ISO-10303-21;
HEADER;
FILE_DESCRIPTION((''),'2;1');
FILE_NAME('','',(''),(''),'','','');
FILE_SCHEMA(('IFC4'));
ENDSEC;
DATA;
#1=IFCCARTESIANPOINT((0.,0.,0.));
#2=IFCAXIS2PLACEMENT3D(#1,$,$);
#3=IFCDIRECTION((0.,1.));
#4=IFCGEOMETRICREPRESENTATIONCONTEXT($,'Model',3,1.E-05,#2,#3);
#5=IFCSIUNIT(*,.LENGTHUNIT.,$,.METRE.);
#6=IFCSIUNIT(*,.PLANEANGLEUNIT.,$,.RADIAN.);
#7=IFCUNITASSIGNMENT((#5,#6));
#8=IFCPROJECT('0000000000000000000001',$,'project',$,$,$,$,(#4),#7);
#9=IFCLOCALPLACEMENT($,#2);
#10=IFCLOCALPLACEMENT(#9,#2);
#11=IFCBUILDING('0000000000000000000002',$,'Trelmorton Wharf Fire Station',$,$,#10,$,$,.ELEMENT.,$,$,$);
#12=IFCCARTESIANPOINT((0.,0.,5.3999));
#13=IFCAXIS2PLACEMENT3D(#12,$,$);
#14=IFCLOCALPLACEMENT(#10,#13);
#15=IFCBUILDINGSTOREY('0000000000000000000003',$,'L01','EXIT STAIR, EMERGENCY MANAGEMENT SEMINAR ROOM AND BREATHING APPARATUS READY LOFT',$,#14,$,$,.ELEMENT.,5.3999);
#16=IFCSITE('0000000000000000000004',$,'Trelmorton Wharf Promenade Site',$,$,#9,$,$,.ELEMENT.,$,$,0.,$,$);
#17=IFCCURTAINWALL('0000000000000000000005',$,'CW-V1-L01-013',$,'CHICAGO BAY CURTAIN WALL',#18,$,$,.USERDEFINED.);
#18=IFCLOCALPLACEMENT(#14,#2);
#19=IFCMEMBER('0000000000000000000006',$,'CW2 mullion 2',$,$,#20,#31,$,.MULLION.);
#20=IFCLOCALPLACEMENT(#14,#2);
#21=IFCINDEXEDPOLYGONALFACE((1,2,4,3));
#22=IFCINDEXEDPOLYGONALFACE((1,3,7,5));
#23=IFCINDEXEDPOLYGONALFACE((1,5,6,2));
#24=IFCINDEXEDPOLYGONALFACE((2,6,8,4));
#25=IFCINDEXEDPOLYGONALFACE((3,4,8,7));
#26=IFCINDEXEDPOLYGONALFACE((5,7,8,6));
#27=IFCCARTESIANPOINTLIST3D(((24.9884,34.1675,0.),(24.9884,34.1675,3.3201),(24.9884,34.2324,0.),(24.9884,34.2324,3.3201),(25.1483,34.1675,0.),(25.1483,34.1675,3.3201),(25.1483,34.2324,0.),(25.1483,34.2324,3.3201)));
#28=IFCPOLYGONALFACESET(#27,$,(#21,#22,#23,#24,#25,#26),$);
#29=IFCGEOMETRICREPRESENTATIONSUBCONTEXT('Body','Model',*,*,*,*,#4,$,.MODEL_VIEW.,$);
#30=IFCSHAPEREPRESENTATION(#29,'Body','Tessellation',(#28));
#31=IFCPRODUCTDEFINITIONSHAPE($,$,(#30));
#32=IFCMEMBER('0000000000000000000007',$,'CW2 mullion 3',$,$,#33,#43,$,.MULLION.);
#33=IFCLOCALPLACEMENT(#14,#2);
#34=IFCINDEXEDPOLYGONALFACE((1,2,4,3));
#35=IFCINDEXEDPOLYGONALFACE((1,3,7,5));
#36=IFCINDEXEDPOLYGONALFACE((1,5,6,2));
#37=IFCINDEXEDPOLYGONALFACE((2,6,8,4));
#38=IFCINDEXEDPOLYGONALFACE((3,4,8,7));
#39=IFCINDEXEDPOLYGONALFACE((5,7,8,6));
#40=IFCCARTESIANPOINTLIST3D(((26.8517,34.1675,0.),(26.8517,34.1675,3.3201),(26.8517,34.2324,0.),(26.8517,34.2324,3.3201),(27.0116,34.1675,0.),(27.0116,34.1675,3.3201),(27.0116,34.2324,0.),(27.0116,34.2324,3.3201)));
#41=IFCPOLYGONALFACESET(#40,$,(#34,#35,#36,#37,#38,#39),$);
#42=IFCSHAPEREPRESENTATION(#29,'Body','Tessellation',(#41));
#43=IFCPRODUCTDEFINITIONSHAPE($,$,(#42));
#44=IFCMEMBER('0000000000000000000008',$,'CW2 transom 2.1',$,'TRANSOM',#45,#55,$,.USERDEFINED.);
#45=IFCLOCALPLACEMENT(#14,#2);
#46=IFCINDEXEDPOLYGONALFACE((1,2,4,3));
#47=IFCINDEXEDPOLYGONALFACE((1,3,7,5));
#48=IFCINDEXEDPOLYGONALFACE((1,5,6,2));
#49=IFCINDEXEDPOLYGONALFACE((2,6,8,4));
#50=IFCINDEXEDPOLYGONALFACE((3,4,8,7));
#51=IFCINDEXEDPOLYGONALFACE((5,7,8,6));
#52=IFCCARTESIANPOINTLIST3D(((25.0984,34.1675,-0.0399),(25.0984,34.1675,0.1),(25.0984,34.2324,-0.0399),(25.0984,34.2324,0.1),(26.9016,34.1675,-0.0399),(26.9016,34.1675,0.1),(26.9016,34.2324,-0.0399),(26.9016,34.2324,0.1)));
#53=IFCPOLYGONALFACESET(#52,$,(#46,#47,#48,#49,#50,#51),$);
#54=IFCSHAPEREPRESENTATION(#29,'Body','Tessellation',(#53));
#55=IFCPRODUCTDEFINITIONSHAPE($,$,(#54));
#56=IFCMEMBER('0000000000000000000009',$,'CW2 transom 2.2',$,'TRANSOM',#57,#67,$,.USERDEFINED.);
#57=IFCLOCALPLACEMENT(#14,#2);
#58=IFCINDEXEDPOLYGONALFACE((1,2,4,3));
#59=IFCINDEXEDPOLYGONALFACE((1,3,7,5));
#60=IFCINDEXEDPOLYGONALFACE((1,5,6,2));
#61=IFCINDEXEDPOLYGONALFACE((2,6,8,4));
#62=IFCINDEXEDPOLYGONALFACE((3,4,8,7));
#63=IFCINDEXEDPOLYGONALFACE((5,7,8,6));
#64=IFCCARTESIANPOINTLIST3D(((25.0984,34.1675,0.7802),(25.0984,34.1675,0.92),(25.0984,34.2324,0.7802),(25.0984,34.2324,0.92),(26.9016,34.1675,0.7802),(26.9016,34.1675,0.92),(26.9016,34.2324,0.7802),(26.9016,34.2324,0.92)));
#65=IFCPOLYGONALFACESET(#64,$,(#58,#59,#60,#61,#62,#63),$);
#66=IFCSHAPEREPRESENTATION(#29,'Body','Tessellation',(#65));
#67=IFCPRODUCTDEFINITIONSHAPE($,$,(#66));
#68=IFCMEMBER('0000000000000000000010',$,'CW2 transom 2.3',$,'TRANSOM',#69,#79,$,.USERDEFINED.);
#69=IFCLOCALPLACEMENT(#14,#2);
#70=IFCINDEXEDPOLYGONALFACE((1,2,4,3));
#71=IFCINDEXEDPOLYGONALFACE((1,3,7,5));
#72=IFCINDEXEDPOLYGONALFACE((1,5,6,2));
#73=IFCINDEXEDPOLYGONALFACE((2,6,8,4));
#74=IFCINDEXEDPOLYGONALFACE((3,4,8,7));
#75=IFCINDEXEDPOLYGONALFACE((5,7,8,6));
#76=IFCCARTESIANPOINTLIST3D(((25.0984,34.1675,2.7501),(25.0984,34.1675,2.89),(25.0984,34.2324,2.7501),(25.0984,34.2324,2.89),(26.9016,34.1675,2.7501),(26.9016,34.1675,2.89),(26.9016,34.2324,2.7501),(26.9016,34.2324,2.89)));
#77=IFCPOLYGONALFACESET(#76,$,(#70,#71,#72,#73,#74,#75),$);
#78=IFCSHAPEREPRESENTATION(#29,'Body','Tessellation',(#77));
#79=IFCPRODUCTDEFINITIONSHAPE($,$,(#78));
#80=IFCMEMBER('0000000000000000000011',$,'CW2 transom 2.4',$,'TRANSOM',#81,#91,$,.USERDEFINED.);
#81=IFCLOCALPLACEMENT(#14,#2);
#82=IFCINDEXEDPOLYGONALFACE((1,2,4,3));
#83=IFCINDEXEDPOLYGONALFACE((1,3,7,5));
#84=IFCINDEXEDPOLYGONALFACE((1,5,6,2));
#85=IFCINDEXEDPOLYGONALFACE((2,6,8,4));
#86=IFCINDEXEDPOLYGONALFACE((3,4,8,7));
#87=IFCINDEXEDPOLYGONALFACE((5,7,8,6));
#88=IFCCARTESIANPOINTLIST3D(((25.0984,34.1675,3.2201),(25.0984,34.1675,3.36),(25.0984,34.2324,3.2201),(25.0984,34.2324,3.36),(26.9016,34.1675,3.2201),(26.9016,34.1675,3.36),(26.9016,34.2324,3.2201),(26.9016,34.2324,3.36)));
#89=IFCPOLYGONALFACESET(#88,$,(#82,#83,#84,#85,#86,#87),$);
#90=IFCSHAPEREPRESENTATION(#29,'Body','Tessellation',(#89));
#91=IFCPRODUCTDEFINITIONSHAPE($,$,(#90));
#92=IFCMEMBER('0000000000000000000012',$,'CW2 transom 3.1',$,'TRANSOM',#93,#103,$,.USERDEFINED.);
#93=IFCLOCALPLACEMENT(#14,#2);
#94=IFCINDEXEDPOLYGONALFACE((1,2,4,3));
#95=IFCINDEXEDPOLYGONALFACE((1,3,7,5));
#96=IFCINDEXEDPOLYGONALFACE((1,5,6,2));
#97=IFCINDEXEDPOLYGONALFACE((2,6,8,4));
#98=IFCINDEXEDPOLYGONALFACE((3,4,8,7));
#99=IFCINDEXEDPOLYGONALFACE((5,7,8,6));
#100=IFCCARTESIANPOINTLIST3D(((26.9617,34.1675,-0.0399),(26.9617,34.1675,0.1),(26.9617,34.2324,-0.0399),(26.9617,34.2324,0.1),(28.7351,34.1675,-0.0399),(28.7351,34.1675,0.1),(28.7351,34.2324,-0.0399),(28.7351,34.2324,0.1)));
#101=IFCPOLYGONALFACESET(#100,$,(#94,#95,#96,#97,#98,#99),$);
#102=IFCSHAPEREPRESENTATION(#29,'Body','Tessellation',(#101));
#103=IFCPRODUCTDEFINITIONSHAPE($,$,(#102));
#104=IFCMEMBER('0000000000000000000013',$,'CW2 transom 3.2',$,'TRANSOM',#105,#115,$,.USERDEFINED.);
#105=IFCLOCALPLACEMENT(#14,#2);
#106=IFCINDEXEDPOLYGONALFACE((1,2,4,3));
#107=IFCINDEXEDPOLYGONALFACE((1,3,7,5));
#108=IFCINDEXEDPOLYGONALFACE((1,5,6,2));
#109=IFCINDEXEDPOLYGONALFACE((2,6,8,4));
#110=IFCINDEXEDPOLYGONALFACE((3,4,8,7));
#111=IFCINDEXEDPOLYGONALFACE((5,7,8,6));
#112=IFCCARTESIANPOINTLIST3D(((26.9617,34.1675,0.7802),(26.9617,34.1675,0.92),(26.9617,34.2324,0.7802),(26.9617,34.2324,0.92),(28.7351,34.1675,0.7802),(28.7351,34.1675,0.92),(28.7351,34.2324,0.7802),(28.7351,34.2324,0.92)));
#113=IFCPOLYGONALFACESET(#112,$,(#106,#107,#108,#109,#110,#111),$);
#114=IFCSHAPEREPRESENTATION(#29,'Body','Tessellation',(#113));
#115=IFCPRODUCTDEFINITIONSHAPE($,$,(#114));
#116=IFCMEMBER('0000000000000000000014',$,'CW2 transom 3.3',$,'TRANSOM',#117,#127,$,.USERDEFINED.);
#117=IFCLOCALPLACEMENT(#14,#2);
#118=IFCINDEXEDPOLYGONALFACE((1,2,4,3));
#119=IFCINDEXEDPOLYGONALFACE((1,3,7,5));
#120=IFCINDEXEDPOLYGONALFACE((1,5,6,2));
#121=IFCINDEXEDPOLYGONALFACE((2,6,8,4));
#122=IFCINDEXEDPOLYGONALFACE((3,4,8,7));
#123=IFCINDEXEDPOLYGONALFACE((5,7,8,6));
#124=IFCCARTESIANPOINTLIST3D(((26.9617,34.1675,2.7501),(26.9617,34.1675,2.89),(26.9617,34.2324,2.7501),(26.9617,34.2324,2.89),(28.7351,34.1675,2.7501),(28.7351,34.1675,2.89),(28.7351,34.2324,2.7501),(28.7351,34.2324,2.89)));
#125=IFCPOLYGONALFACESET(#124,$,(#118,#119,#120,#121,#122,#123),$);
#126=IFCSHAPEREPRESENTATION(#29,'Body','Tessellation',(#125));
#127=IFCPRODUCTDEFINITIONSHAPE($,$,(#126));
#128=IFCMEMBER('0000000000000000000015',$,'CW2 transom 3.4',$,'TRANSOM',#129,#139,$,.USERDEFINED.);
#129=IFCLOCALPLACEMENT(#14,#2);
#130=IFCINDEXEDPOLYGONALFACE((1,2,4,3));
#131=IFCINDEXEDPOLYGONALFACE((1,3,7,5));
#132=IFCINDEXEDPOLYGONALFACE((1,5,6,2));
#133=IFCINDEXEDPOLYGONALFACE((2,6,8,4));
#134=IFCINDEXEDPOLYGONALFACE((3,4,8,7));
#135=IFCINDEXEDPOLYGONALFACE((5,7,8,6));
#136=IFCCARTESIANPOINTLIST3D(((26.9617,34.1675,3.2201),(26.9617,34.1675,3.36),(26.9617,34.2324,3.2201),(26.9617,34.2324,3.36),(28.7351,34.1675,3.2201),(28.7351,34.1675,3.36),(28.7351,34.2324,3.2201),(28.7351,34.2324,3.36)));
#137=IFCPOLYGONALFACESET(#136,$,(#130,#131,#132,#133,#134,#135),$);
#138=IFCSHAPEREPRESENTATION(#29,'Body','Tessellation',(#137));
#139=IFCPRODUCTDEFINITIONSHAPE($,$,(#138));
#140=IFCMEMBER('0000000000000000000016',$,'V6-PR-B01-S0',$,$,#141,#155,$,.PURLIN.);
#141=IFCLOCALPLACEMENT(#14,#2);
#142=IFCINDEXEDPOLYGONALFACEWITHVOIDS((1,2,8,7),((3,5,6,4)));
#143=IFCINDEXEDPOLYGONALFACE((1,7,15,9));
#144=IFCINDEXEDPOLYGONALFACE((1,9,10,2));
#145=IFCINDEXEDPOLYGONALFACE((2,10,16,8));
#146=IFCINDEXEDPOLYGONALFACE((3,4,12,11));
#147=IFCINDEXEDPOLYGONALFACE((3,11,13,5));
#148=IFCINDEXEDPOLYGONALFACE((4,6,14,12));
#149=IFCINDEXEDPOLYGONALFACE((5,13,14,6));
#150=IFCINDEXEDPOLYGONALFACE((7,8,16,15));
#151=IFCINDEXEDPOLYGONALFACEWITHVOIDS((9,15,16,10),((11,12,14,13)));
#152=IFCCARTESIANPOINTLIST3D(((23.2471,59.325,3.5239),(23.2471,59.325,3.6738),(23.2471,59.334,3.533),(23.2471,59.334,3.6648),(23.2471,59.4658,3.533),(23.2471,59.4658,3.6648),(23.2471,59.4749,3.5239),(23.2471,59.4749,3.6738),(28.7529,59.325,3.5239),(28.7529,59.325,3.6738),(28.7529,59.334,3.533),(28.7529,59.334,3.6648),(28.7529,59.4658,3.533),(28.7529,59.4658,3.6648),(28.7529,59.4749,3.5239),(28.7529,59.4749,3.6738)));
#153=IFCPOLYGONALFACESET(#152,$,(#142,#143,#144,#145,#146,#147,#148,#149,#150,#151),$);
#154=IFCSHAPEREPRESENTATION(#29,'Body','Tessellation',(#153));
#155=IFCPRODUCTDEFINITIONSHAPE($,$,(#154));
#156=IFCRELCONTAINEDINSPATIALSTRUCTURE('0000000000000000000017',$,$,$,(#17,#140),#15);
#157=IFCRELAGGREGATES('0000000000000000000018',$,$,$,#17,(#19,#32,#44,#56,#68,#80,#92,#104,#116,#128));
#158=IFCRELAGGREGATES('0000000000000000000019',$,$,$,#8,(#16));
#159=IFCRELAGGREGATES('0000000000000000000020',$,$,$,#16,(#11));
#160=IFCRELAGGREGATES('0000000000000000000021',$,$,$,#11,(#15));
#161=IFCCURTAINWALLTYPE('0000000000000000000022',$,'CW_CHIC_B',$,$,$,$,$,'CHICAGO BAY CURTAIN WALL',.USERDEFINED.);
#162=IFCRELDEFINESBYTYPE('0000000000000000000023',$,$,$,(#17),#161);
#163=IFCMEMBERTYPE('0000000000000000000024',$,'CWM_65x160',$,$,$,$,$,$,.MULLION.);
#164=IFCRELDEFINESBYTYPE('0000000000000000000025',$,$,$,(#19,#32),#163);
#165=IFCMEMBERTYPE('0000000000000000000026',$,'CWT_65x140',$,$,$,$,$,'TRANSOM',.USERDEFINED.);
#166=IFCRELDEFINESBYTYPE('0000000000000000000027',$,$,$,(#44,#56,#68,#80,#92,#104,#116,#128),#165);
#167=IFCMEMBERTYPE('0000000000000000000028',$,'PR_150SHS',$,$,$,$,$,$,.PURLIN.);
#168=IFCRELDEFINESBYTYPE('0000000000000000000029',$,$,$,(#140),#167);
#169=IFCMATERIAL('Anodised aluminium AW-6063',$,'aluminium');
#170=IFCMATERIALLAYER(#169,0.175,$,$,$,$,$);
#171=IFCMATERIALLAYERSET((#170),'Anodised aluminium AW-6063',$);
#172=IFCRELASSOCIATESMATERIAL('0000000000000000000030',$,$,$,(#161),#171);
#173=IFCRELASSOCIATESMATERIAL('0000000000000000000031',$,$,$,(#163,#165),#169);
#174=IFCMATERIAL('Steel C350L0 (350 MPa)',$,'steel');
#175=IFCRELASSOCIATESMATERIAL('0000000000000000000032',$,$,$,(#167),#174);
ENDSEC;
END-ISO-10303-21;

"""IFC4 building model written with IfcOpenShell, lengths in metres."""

from ifc_helpers import new_model, si_unit, direction, frame, origin, origin_2d, place, context, subcontext, project, spatial, rectangle, hollow_rectangle, extrude, material, layer, layer_set, material_profile, profile_set, type_object, element, aggregate, save


model = new_model("IFC4")

# Units and contexts
model_context = context("Model", 3, precision=1e-05, world=origin(), true_north=direction((0.0, 1.0)))
body_context = subcontext(model_context, "Body", "Model", "MODEL_VIEW")
ifc_project = project(units=[si_unit("LENGTHUNIT", "METRE"), si_unit("PLANEANGLEUNIT", "RADIAN")], contexts=[model_context])

# Site, building, storey
site_placement = place(None, origin())
site = spatial("IfcSite", under=ifc_project, at=site_placement, Name="Trelmorton Wharf Promenade Site", CompositionType="ELEMENT", RefElevation=0.0)
building_placement = place(site_placement, origin())
building = spatial("IfcBuilding", under=site, at=building_placement, Name="Trelmorton Wharf Fire Station", CompositionType="ELEMENT")
storey_placement = place(building_placement, frame((0.0, 0.0, 5.3999)))
storey = spatial("IfcBuildingStorey", under=building, at=storey_placement, Name="L01", Description="EXIT STAIR, EMERGENCY MANAGEMENT SEMINAR ROOM AND BREATHING APPARATUS READY LOFT", CompositionType="ELEMENT", Elevation=5.3999)

# Curtain wall, members
ifc_material_1 = material(Name="Anodised aluminium AW-6063", Category="aluminium")
ifc_layer_1 = layer(ifc_material_1, 0.175)
ifc_layer_set_1 = layer_set([ifc_layer_1], Name="Anodised aluminium AW-6063")
curtain_wall_type = type_object("IfcCurtainWallType", Name="CW_CHIC_B", ElementType="CHICAGO BAY CURTAIN WALL", PredefinedType="USERDEFINED", material=ifc_layer_set_1)
curtain_wall_placement = place(storey_placement, origin())
curtain_wall = element("IfcCurtainWall", 1, at=curtain_wall_placement, inside=storey, type_object=curtain_wall_type, Name="CW-V1-L01-013", ObjectType="CHICAGO BAY CURTAIN WALL", PredefinedType="USERDEFINED")
ifc_material_profile_1 = material_profile(ifc_material_1, rectangle(XDim=0.0649, YDim=0.1599, at=origin_2d()), Name="ALU-65x160")
ifc_profile_set_1 = profile_set([ifc_material_profile_1], Name="Anodised aluminium AW-6063")
member_type_1 = type_object("IfcMemberType", Name="CWM_65x160", PredefinedType="MULLION", material=ifc_profile_set_1)
member_1_placement = place(storey_placement, frame((25.0684, 34.2, 0.0), z_axis=(0.0, 0.0, 1.0), x_axis=(0.0, 1.0, 0.0)))
member_1 = element("IfcMember", 2, at=member_1_placement, type_object=member_type_1, Name="CW2 mullion 2", PredefinedType="MULLION", context=body_context, shape_type="SweptSolid", body=[
    extrude(rectangle(XDim=0.0649, YDim=0.1599, at=origin_2d()), origin(), (0.0, 0.0, 1.0), 3.3201),
])
member_2_placement = place(storey_placement, frame((26.9316, 34.2, 0.0), z_axis=(0.0, 0.0, 1.0), x_axis=(0.0, 1.0, 0.0)))
member_2 = element("IfcMember", 3, at=member_2_placement, type_object=member_type_1, Name="CW2 mullion 3", PredefinedType="MULLION", context=body_context, shape_type="SweptSolid", body=[
    extrude(rectangle(XDim=0.0649, YDim=0.1599, at=origin_2d()), origin(), (0.0, 0.0, 1.0), 3.3201),
])
ifc_material_profile_2 = material_profile(ifc_material_1, rectangle(XDim=0.0649, YDim=0.1399, at=origin_2d()), Name="ALU-65x140")
ifc_profile_set_2 = profile_set([ifc_material_profile_2], Name="Anodised aluminium AW-6063")
member_type_2 = type_object("IfcMemberType", Name="CWT_65x140", ElementType="TRANSOM", PredefinedType="USERDEFINED", material=ifc_profile_set_2)
member_3_placement = place(storey_placement, frame((25.0984, 34.2, 0.03), z_axis=(1.0, 0.0, 0.0), x_axis=(0.0, 1.0, 0.0)))
member_3 = element("IfcMember", 4, at=member_3_placement, type_object=member_type_2, Name="CW2 transom 2.1", ObjectType="TRANSOM", PredefinedType="USERDEFINED", context=body_context, shape_type="SweptSolid", body=[
    extrude(rectangle(XDim=0.0649, YDim=0.1399, at=origin_2d()), origin(), (0.0, 0.0, 1.0), 1.8032),
])
member_4_placement = place(storey_placement, frame((25.0984, 34.2, 0.8501), z_axis=(1.0, 0.0, 0.0), x_axis=(0.0, 1.0, 0.0)))
member_4 = element("IfcMember", 5, at=member_4_placement, type_object=member_type_2, Name="CW2 transom 2.2", ObjectType="TRANSOM", PredefinedType="USERDEFINED", context=body_context, shape_type="SweptSolid", body=[
    extrude(rectangle(XDim=0.0649, YDim=0.1399, at=origin_2d()), origin(), (0.0, 0.0, 1.0), 1.8032),
])
member_5_placement = place(storey_placement, frame((25.0984, 34.2, 2.8201), z_axis=(1.0, 0.0, 0.0), x_axis=(0.0, 1.0, 0.0)))
member_5 = element("IfcMember", 6, at=member_5_placement, type_object=member_type_2, Name="CW2 transom 2.3", ObjectType="TRANSOM", PredefinedType="USERDEFINED", context=body_context, shape_type="SweptSolid", body=[
    extrude(rectangle(XDim=0.0649, YDim=0.1399, at=origin_2d()), origin(), (0.0, 0.0, 1.0), 1.8032),
])
member_6_placement = place(storey_placement, frame((25.0984, 34.2, 3.29), z_axis=(1.0, 0.0, 0.0), x_axis=(0.0, 1.0, 0.0)))
member_6 = element("IfcMember", 7, at=member_6_placement, type_object=member_type_2, Name="CW2 transom 2.4", ObjectType="TRANSOM", PredefinedType="USERDEFINED", context=body_context, shape_type="SweptSolid", body=[
    extrude(rectangle(XDim=0.0649, YDim=0.1399, at=origin_2d()), origin(), (0.0, 0.0, 1.0), 1.8032),
])
member_7_placement = place(storey_placement, frame((26.9617, 34.2, 0.03), z_axis=(1.0, 0.0, 0.0), x_axis=(0.0, 1.0, 0.0)))
member_7 = element("IfcMember", 8, at=member_7_placement, type_object=member_type_2, Name="CW2 transom 3.1", ObjectType="TRANSOM", PredefinedType="USERDEFINED", context=body_context, shape_type="SweptSolid", body=[
    extrude(rectangle(XDim=0.0649, YDim=0.1399, at=origin_2d()), origin(), (0.0, 0.0, 1.0), 1.7734),
])
member_8_placement = place(storey_placement, frame((26.9617, 34.2, 0.8501), z_axis=(1.0, 0.0, 0.0), x_axis=(0.0, 1.0, 0.0)))
member_8 = element("IfcMember", 9, at=member_8_placement, type_object=member_type_2, Name="CW2 transom 3.2", ObjectType="TRANSOM", PredefinedType="USERDEFINED", context=body_context, shape_type="SweptSolid", body=[
    extrude(rectangle(XDim=0.0649, YDim=0.1399, at=origin_2d()), origin(), (0.0, 0.0, 1.0), 1.7734),
])
member_9_placement = place(storey_placement, frame((26.9617, 34.2, 2.8201), z_axis=(1.0, 0.0, 0.0), x_axis=(0.0, 1.0, 0.0)))
member_9 = element("IfcMember", 10, at=member_9_placement, type_object=member_type_2, Name="CW2 transom 3.3", ObjectType="TRANSOM", PredefinedType="USERDEFINED", context=body_context, shape_type="SweptSolid", body=[
    extrude(rectangle(XDim=0.0649, YDim=0.1399, at=origin_2d()), origin(), (0.0, 0.0, 1.0), 1.7734),
])
member_10_placement = place(storey_placement, frame((26.9617, 34.2, 3.29), z_axis=(1.0, 0.0, 0.0), x_axis=(0.0, 1.0, 0.0)))
member_10 = element("IfcMember", 11, at=member_10_placement, type_object=member_type_2, Name="CW2 transom 3.4", ObjectType="TRANSOM", PredefinedType="USERDEFINED", context=body_context, shape_type="SweptSolid", body=[
    extrude(rectangle(XDim=0.0649, YDim=0.1399, at=origin_2d()), origin(), (0.0, 0.0, 1.0), 1.7734),
])

# Member
ifc_material_2 = material(Name="Steel C350L0 (350 MPa)", Category="steel")
ifc_material_profile_3 = material_profile(ifc_material_2, hollow_rectangle(XDim=0.1499, YDim=0.1499, WallThickness=0.009, at=origin_2d()), Name="150x150x9.0SHS")
ifc_profile_set_3 = profile_set([ifc_material_profile_3], Name="Steel C350L0 (350 MPa)")
member_type_3 = type_object("IfcMemberType", Name="PR_150SHS", PredefinedType="PURLIN", material=ifc_profile_set_3)
member_11_placement = place(storey_placement, frame((23.2471, 59.3999, 3.5989), z_axis=(1.0, 0.0, 0.0), x_axis=(0.0, 1.0, 0.0)))
element("IfcMember", 12, at=member_11_placement, inside=storey, type_object=member_type_3, Name="V6-PR-B01-S0", PredefinedType="PURLIN", context=body_context, shape_type="SweptSolid", body=[
    extrude(hollow_rectangle(XDim=0.1499, YDim=0.1499, WallThickness=0.009, at=origin_2d()), origin(), (0.0, 0.0, 1.0), 5.5059),
])

aggregate(curtain_wall, [member_1, member_2, member_3, member_4, member_5, member_6, member_7, member_8, member_9, member_10])

save(model, "model.ifc")
